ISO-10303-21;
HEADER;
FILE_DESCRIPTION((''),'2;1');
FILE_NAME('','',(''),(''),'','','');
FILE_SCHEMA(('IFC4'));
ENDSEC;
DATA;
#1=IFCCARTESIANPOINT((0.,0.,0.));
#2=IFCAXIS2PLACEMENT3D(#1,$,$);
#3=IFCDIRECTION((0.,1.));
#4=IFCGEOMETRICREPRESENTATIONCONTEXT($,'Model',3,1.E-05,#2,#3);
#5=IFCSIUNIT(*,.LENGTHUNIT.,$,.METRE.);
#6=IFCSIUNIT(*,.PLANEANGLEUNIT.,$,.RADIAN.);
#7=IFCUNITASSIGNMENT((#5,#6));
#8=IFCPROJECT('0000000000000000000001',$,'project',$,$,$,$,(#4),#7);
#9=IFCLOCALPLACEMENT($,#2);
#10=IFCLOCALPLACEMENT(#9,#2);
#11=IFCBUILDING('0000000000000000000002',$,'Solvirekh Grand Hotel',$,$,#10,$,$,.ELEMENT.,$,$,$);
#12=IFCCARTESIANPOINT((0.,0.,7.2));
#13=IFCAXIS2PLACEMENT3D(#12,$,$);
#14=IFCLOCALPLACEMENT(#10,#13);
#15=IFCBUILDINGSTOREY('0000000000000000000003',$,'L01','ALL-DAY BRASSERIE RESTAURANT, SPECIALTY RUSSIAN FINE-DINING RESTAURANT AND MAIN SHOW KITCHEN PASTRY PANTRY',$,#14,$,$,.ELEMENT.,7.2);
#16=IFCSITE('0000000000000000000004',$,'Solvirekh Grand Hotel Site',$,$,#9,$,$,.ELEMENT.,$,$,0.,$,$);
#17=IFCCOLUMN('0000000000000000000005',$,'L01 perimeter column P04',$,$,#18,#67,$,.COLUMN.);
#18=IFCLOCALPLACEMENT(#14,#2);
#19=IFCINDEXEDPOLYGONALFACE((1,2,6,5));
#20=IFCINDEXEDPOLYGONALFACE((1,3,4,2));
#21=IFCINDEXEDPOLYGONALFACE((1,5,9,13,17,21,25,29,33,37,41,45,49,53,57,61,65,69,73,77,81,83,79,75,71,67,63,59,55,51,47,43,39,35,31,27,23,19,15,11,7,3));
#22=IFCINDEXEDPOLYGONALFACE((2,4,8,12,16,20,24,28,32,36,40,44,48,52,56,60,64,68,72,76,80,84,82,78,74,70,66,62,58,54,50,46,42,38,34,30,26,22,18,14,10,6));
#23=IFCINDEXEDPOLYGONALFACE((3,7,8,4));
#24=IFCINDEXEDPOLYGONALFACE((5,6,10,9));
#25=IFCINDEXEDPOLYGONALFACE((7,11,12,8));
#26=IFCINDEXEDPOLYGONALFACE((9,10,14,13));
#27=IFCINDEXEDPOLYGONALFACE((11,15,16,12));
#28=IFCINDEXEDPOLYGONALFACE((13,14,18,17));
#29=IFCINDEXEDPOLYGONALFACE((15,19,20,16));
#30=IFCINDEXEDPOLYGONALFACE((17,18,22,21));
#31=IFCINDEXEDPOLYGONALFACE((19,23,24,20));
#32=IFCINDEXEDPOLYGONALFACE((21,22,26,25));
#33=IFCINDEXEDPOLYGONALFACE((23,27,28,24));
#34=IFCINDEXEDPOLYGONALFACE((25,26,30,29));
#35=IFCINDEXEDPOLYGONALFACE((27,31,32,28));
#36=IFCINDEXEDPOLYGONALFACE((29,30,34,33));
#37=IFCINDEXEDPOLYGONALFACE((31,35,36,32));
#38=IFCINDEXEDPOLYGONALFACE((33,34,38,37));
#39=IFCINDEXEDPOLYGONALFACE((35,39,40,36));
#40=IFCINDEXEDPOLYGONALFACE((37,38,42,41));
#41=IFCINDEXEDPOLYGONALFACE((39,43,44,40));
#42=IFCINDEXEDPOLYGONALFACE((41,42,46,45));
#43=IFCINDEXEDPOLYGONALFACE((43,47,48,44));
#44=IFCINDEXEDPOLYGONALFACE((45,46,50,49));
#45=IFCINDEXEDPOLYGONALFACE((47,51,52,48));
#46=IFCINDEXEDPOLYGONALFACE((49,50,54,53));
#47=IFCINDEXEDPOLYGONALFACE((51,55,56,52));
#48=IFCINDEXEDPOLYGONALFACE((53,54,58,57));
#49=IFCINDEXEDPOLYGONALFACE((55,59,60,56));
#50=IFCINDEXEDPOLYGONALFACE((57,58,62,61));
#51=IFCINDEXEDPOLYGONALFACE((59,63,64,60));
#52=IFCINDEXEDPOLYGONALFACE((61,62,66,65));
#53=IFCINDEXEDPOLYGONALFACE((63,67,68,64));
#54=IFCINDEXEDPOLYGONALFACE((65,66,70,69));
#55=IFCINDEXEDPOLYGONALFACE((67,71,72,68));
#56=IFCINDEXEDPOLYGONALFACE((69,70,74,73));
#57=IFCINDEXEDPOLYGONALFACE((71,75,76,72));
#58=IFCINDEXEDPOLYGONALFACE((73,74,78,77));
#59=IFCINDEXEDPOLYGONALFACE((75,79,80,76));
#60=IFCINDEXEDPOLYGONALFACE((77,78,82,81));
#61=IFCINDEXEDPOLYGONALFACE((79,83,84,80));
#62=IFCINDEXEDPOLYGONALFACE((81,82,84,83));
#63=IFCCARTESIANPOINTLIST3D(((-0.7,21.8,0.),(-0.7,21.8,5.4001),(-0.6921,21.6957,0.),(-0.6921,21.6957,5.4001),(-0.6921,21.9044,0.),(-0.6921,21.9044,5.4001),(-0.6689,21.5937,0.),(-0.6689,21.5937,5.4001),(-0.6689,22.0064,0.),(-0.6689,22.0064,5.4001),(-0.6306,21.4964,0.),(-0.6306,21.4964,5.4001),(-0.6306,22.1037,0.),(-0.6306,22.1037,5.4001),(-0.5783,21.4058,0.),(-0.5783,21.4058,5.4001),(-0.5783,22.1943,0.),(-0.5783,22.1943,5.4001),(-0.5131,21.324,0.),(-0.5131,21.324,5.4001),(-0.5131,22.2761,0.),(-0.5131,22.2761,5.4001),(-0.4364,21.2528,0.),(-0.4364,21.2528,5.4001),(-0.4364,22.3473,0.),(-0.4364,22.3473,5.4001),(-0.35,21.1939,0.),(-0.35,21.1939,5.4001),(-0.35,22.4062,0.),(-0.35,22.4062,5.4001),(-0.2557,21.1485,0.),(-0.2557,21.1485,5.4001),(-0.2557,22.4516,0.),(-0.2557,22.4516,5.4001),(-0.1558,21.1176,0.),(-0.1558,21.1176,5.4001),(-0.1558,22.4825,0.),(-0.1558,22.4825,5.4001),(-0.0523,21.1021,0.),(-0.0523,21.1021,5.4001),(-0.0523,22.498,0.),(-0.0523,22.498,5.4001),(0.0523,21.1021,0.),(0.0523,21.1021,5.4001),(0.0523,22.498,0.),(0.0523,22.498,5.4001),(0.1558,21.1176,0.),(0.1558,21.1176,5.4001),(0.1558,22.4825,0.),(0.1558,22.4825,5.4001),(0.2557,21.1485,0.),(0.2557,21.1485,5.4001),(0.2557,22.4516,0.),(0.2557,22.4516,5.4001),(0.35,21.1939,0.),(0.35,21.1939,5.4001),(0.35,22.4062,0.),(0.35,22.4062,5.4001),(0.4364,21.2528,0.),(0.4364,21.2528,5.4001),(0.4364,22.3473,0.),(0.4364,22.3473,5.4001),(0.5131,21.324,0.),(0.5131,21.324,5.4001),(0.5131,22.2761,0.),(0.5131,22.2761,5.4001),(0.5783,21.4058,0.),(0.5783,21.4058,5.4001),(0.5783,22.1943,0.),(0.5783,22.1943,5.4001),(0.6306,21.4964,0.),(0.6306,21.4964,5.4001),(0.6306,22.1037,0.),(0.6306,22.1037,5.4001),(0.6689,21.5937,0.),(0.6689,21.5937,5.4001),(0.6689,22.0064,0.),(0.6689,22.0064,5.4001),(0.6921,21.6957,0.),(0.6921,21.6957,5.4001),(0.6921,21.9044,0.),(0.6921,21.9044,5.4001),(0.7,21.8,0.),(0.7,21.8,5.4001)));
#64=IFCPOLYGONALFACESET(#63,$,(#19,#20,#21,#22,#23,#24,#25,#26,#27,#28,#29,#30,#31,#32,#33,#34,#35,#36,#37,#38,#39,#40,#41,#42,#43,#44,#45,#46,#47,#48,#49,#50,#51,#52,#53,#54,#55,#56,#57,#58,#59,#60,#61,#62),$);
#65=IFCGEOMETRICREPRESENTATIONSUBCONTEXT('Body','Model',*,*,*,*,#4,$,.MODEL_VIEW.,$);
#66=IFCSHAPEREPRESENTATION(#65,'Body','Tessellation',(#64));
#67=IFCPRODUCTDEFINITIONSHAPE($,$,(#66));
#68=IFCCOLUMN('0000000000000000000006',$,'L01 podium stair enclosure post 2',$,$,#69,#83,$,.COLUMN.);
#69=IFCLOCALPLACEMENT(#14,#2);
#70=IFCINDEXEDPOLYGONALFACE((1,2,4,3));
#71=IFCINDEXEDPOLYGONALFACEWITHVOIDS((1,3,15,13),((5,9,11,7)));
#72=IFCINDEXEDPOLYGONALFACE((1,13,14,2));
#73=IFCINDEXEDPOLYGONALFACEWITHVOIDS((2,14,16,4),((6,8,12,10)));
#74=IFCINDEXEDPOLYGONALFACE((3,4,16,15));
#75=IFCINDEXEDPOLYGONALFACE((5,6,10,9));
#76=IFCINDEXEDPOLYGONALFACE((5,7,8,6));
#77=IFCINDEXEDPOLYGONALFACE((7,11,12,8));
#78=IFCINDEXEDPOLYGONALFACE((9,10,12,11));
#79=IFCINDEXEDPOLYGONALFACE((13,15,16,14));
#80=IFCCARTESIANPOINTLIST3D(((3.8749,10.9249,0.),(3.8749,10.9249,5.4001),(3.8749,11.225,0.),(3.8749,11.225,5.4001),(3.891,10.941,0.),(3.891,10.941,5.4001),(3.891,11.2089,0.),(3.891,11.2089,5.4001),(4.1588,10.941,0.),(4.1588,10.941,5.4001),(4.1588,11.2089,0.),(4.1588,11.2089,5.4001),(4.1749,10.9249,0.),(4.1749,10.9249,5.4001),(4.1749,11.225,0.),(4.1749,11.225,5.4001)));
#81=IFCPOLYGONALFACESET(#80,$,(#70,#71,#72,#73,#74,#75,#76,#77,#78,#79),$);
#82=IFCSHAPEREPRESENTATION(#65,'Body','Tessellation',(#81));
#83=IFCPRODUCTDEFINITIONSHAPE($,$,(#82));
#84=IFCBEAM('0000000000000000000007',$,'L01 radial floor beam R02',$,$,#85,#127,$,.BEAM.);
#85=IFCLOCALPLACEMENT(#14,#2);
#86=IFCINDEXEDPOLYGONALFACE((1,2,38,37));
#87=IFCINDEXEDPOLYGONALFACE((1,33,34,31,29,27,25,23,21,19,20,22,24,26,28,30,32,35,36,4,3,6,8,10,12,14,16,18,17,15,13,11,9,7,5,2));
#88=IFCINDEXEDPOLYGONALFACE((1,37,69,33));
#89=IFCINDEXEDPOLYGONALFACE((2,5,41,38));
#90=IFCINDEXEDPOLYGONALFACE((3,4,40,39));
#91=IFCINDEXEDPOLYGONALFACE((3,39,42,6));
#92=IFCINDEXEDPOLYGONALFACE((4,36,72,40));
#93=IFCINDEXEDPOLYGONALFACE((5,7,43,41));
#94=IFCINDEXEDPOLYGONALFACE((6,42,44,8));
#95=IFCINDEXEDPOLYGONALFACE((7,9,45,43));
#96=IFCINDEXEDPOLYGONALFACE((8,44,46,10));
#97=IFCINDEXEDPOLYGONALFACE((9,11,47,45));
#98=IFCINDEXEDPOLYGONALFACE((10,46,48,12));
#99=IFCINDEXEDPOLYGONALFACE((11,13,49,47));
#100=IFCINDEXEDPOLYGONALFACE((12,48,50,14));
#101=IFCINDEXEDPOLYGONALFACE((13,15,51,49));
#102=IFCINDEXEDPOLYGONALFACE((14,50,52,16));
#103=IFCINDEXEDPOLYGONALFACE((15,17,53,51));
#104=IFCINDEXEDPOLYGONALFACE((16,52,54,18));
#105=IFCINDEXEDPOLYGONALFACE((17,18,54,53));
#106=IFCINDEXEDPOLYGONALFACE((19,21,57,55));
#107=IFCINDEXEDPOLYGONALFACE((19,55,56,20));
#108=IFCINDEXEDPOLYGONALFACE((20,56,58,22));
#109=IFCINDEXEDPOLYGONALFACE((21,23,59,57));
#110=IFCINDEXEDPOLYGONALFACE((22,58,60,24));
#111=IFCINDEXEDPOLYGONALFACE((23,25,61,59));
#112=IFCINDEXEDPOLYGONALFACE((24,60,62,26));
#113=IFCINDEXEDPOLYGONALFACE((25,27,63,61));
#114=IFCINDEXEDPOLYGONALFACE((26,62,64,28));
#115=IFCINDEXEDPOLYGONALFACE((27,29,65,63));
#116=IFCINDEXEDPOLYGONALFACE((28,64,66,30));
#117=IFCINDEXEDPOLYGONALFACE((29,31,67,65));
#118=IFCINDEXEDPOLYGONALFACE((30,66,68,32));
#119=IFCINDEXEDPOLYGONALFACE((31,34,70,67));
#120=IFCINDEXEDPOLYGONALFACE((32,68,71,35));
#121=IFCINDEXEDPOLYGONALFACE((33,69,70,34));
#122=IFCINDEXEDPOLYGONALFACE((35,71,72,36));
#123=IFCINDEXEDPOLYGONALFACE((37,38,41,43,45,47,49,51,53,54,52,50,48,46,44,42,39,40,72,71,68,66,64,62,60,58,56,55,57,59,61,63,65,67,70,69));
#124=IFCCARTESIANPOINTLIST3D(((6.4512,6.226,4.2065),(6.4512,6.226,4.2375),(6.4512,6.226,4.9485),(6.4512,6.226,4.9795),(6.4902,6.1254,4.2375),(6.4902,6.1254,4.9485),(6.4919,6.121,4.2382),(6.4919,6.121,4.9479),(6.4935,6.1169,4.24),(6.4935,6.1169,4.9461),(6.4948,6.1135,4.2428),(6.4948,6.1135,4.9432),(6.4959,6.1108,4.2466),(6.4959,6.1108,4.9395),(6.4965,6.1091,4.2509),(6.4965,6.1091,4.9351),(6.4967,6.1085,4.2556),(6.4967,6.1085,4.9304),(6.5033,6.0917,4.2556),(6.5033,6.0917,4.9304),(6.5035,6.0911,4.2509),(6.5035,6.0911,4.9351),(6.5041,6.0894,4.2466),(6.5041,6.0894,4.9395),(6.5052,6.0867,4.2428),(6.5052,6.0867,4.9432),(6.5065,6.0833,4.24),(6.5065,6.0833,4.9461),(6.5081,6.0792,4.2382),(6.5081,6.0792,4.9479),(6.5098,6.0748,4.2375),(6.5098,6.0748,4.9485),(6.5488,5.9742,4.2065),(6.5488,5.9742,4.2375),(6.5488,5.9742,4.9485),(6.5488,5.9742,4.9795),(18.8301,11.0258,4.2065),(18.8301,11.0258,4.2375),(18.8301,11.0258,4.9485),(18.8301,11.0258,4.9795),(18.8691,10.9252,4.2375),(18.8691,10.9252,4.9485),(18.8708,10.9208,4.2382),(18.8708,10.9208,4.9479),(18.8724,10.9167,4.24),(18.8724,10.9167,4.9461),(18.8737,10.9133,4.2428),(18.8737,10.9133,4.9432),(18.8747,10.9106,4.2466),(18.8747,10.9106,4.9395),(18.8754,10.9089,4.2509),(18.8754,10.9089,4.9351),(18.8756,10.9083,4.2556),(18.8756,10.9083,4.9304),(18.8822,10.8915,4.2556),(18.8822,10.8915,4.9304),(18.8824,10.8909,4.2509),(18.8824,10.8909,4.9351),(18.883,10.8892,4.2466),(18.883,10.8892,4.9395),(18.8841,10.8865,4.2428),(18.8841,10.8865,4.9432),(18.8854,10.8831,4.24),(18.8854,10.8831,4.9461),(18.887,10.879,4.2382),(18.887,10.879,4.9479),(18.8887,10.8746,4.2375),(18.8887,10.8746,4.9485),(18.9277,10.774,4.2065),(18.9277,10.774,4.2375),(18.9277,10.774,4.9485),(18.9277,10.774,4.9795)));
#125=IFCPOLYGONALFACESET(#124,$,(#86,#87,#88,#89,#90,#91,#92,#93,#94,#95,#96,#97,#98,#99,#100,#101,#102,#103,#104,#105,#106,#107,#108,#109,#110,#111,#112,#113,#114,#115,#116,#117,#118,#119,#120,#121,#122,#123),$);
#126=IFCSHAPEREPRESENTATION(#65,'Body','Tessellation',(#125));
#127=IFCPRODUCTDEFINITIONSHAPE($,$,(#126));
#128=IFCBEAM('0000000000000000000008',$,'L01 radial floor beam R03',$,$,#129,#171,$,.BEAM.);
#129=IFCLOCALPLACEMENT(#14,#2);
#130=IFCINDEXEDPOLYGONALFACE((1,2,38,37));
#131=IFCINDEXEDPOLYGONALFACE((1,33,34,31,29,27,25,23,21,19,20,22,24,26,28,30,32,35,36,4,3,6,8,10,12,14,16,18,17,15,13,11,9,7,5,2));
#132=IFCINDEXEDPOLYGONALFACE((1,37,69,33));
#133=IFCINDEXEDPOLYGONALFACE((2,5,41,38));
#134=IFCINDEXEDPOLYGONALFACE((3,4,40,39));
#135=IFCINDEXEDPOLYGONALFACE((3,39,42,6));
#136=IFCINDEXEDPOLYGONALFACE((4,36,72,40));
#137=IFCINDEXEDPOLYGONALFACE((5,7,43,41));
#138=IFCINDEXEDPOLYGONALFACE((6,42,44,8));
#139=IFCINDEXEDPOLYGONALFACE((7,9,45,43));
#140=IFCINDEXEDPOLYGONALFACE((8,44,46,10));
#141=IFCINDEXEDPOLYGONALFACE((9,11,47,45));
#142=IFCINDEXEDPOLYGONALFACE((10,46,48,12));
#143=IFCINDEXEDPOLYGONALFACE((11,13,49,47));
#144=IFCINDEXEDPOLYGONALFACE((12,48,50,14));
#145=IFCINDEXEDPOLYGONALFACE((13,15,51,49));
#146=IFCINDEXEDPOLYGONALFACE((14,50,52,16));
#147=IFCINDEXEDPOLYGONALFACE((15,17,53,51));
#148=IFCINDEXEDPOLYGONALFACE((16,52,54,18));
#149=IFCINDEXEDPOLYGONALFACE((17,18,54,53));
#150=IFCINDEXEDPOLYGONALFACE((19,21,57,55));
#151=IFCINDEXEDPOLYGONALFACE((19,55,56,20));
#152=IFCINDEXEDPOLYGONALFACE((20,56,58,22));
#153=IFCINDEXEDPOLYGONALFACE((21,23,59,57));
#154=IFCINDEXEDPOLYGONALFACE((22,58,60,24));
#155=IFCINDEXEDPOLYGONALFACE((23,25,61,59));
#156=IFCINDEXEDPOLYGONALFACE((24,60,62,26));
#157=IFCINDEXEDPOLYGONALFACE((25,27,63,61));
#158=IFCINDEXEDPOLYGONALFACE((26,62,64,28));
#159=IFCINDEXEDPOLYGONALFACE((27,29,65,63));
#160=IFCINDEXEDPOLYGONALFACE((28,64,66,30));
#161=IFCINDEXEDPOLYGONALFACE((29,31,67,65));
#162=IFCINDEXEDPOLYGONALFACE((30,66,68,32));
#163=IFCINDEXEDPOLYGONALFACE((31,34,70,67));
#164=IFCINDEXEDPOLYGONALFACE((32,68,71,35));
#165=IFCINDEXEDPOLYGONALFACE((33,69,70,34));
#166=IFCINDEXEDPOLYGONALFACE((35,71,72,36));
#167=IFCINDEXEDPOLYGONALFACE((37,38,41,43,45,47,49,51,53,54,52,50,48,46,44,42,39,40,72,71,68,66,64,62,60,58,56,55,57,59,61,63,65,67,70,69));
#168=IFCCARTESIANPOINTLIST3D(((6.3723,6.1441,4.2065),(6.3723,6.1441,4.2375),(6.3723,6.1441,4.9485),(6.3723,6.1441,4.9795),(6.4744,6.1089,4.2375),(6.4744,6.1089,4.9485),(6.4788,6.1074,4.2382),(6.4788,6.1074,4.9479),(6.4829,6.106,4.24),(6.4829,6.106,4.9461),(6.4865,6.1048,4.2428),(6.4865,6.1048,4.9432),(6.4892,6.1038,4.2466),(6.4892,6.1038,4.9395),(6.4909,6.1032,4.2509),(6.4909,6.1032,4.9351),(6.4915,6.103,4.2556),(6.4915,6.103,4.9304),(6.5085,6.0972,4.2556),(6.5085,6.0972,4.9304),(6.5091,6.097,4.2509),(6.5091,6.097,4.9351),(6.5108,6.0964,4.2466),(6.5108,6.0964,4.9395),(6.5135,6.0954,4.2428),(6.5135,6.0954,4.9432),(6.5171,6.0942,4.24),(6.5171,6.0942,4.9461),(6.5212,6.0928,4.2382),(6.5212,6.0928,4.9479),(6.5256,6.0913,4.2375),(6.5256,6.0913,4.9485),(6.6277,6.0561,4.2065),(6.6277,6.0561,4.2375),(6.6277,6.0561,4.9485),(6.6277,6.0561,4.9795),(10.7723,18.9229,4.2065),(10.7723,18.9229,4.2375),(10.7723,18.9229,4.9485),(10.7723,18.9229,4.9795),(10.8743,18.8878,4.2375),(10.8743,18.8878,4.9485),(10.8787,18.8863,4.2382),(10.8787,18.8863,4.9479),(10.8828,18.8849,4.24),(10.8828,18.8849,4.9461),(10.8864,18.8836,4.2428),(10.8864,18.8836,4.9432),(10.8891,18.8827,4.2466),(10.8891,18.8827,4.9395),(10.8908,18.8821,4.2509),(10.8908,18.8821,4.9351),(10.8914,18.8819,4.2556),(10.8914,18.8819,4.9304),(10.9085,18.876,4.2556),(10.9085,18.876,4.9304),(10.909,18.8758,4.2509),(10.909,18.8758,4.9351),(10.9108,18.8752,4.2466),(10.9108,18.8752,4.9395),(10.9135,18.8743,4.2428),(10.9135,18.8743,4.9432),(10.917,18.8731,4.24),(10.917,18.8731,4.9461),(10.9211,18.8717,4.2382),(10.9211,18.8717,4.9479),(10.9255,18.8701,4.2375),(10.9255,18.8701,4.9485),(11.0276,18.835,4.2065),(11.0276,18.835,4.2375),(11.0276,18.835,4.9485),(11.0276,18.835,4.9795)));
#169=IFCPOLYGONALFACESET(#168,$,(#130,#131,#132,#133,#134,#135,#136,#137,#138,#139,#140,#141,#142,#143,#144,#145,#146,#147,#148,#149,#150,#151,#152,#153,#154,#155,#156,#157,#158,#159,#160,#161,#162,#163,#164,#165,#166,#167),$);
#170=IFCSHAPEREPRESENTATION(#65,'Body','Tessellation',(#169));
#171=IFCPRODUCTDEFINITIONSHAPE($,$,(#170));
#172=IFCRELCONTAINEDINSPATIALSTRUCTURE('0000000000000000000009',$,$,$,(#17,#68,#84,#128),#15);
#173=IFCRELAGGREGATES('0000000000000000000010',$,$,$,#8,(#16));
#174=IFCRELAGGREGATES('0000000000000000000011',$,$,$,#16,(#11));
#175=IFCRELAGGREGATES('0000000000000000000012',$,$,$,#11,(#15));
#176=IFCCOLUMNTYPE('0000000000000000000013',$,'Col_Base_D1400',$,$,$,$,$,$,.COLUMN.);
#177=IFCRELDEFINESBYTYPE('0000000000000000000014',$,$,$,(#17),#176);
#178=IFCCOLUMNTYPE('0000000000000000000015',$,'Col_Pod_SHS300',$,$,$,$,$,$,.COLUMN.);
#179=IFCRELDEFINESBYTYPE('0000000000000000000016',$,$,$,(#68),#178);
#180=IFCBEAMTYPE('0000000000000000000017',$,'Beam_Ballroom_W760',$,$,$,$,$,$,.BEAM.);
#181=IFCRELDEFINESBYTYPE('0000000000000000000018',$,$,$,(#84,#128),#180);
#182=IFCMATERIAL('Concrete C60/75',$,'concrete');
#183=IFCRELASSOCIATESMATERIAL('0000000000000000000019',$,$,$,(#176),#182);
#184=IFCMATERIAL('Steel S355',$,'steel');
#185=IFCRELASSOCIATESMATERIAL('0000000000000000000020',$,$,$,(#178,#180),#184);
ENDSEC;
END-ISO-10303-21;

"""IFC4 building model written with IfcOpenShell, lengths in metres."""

from ifc_helpers import new_model, si_unit, direction, frame, origin, origin_2d, place, context, subcontext, project, spatial, hollow_rectangle, circle, i_section, extrude, material, material_profile, profile_set, type_object, element, save


model = new_model("IFC4")

# Units and contexts
model_context = context("Model", 3, precision=1e-05, world=origin(), true_north=direction((0.0, 1.0)))
body_context = subcontext(model_context, "Body", "Model", "MODEL_VIEW")
ifc_project = project(units=[si_unit("LENGTHUNIT", "METRE"), si_unit("PLANEANGLEUNIT", "RADIAN")], contexts=[model_context])

# Site, building, storey
site_placement = place(None, origin())
site = spatial("IfcSite", under=ifc_project, at=site_placement, Name="Solvirekh Grand Hotel Site", CompositionType="ELEMENT", RefElevation=0.0)
building_placement = place(site_placement, origin())
building = spatial("IfcBuilding", under=site, at=building_placement, Name="Solvirekh Grand Hotel", CompositionType="ELEMENT")
storey_placement = place(building_placement, frame((0.0, 0.0, 7.2)))
storey = spatial("IfcBuildingStorey", under=building, at=storey_placement, Name="L01", Description="ALL-DAY BRASSERIE RESTAURANT, SPECIALTY RUSSIAN FINE-DINING RESTAURANT AND MAIN SHOW KITCHEN PASTRY PANTRY", CompositionType="ELEMENT", Elevation=7.2)

# Columns
ifc_material_1 = material(Name="Concrete C60/75", Category="concrete")
ifc_material_profile_1 = material_profile(ifc_material_1, circle(Radius=0.7, at=origin_2d()), Name="RC CIRC D1400")
ifc_profile_set_1 = profile_set([ifc_material_profile_1], Name="Concrete C60/75")
column_type_1 = type_object("IfcColumnType", Name="Col_Base_D1400", PredefinedType="COLUMN", material=ifc_profile_set_1)
column_1_placement = place(storey_placement, frame((0.0, 21.8, 0.0), z_axis=(0.0, 0.0, 1.0), x_axis=(1.0, 0.0, 0.0)))
element("IfcColumn", 1, at=column_1_placement, inside=storey, type_object=column_type_1, Name="L01 perimeter column P04", PredefinedType="COLUMN", context=body_context, shape_type="SweptSolid", body=[
    extrude(circle(Radius=0.7, at=origin_2d()), origin(), (0.0, 0.0, 1.0), 5.4001),
])
ifc_material_2 = material(Name="Steel S355", Category="steel")
ifc_material_profile_2 = material_profile(ifc_material_2, hollow_rectangle(XDim=0.3, YDim=0.3, WallThickness=0.0161, at=origin_2d()), Name="SHS 300X300X16")
ifc_profile_set_2 = profile_set([ifc_material_profile_2], Name="Steel S355")
column_type_2 = type_object("IfcColumnType", Name="Col_Pod_SHS300", PredefinedType="COLUMN", material=ifc_profile_set_2)
column_2_placement = place(storey_placement, frame((4.0249, 11.075, 0.0), z_axis=(0.0, 0.0, 1.0), x_axis=(1.0, 0.0, 0.0)))
element("IfcColumn", 2, at=column_2_placement, inside=storey, type_object=column_type_2, Name="L01 podium stair enclosure post 2", PredefinedType="COLUMN", context=body_context, shape_type="SweptSolid", body=[
    extrude(hollow_rectangle(XDim=0.3, YDim=0.3, WallThickness=0.0161, at=origin_2d()), origin(), (0.0, 0.0, 1.0), 5.4001),
])

# Beams
ifc_material_profile_3 = material_profile(ifc_material_2, i_section(OverallWidth=0.27, OverallDepth=0.7729, WebThickness=0.0181, FlangeThickness=0.031, FilletRadius=0.0181, at=origin_2d()), Name="W760X257")
ifc_profile_set_3 = profile_set([ifc_material_profile_3], Name="Steel S355")
beam_type_1 = type_object("IfcBeamType", Name="Beam_Ballroom_W760", PredefinedType="BEAM", material=ifc_profile_set_3)
beam_1_placement = place(storey_placement, frame((6.5, 6.1001, 4.593), z_axis=(0.932366, 0.361516, 0.0), x_axis=(-0.361516, 0.932366, 0.0)))
element("IfcBeam", 3, at=beam_1_placement, inside=storey, type_object=beam_type_1, Name="L01 radial floor beam R02", PredefinedType="BEAM", context=body_context, shape_type="SweptSolid", body=[
    extrude(i_section(OverallWidth=0.27, OverallDepth=0.7729, WebThickness=0.0181, FlangeThickness=0.031, FilletRadius=0.0181, at=origin_2d()), origin(), (0.0, 0.0, 1.0), 13.2769),
])
beam_2_placement = place(storey_placement, frame((6.5, 6.1001, 4.593), z_axis=(0.325555, 0.945523, 0.0), x_axis=(-0.945523, 0.325555, 0.0)))
element("IfcBeam", 4, at=beam_2_placement, inside=storey, type_object=beam_type_1, Name="L01 radial floor beam R03", PredefinedType="BEAM", context=body_context, shape_type="SweptSolid", body=[
    extrude(i_section(OverallWidth=0.27, OverallDepth=0.7729, WebThickness=0.0181, FlangeThickness=0.031, FilletRadius=0.0181, at=origin_2d()), origin(), (0.0, 0.0, 1.0), 13.5151),
])

save(model, "model.ifc")
